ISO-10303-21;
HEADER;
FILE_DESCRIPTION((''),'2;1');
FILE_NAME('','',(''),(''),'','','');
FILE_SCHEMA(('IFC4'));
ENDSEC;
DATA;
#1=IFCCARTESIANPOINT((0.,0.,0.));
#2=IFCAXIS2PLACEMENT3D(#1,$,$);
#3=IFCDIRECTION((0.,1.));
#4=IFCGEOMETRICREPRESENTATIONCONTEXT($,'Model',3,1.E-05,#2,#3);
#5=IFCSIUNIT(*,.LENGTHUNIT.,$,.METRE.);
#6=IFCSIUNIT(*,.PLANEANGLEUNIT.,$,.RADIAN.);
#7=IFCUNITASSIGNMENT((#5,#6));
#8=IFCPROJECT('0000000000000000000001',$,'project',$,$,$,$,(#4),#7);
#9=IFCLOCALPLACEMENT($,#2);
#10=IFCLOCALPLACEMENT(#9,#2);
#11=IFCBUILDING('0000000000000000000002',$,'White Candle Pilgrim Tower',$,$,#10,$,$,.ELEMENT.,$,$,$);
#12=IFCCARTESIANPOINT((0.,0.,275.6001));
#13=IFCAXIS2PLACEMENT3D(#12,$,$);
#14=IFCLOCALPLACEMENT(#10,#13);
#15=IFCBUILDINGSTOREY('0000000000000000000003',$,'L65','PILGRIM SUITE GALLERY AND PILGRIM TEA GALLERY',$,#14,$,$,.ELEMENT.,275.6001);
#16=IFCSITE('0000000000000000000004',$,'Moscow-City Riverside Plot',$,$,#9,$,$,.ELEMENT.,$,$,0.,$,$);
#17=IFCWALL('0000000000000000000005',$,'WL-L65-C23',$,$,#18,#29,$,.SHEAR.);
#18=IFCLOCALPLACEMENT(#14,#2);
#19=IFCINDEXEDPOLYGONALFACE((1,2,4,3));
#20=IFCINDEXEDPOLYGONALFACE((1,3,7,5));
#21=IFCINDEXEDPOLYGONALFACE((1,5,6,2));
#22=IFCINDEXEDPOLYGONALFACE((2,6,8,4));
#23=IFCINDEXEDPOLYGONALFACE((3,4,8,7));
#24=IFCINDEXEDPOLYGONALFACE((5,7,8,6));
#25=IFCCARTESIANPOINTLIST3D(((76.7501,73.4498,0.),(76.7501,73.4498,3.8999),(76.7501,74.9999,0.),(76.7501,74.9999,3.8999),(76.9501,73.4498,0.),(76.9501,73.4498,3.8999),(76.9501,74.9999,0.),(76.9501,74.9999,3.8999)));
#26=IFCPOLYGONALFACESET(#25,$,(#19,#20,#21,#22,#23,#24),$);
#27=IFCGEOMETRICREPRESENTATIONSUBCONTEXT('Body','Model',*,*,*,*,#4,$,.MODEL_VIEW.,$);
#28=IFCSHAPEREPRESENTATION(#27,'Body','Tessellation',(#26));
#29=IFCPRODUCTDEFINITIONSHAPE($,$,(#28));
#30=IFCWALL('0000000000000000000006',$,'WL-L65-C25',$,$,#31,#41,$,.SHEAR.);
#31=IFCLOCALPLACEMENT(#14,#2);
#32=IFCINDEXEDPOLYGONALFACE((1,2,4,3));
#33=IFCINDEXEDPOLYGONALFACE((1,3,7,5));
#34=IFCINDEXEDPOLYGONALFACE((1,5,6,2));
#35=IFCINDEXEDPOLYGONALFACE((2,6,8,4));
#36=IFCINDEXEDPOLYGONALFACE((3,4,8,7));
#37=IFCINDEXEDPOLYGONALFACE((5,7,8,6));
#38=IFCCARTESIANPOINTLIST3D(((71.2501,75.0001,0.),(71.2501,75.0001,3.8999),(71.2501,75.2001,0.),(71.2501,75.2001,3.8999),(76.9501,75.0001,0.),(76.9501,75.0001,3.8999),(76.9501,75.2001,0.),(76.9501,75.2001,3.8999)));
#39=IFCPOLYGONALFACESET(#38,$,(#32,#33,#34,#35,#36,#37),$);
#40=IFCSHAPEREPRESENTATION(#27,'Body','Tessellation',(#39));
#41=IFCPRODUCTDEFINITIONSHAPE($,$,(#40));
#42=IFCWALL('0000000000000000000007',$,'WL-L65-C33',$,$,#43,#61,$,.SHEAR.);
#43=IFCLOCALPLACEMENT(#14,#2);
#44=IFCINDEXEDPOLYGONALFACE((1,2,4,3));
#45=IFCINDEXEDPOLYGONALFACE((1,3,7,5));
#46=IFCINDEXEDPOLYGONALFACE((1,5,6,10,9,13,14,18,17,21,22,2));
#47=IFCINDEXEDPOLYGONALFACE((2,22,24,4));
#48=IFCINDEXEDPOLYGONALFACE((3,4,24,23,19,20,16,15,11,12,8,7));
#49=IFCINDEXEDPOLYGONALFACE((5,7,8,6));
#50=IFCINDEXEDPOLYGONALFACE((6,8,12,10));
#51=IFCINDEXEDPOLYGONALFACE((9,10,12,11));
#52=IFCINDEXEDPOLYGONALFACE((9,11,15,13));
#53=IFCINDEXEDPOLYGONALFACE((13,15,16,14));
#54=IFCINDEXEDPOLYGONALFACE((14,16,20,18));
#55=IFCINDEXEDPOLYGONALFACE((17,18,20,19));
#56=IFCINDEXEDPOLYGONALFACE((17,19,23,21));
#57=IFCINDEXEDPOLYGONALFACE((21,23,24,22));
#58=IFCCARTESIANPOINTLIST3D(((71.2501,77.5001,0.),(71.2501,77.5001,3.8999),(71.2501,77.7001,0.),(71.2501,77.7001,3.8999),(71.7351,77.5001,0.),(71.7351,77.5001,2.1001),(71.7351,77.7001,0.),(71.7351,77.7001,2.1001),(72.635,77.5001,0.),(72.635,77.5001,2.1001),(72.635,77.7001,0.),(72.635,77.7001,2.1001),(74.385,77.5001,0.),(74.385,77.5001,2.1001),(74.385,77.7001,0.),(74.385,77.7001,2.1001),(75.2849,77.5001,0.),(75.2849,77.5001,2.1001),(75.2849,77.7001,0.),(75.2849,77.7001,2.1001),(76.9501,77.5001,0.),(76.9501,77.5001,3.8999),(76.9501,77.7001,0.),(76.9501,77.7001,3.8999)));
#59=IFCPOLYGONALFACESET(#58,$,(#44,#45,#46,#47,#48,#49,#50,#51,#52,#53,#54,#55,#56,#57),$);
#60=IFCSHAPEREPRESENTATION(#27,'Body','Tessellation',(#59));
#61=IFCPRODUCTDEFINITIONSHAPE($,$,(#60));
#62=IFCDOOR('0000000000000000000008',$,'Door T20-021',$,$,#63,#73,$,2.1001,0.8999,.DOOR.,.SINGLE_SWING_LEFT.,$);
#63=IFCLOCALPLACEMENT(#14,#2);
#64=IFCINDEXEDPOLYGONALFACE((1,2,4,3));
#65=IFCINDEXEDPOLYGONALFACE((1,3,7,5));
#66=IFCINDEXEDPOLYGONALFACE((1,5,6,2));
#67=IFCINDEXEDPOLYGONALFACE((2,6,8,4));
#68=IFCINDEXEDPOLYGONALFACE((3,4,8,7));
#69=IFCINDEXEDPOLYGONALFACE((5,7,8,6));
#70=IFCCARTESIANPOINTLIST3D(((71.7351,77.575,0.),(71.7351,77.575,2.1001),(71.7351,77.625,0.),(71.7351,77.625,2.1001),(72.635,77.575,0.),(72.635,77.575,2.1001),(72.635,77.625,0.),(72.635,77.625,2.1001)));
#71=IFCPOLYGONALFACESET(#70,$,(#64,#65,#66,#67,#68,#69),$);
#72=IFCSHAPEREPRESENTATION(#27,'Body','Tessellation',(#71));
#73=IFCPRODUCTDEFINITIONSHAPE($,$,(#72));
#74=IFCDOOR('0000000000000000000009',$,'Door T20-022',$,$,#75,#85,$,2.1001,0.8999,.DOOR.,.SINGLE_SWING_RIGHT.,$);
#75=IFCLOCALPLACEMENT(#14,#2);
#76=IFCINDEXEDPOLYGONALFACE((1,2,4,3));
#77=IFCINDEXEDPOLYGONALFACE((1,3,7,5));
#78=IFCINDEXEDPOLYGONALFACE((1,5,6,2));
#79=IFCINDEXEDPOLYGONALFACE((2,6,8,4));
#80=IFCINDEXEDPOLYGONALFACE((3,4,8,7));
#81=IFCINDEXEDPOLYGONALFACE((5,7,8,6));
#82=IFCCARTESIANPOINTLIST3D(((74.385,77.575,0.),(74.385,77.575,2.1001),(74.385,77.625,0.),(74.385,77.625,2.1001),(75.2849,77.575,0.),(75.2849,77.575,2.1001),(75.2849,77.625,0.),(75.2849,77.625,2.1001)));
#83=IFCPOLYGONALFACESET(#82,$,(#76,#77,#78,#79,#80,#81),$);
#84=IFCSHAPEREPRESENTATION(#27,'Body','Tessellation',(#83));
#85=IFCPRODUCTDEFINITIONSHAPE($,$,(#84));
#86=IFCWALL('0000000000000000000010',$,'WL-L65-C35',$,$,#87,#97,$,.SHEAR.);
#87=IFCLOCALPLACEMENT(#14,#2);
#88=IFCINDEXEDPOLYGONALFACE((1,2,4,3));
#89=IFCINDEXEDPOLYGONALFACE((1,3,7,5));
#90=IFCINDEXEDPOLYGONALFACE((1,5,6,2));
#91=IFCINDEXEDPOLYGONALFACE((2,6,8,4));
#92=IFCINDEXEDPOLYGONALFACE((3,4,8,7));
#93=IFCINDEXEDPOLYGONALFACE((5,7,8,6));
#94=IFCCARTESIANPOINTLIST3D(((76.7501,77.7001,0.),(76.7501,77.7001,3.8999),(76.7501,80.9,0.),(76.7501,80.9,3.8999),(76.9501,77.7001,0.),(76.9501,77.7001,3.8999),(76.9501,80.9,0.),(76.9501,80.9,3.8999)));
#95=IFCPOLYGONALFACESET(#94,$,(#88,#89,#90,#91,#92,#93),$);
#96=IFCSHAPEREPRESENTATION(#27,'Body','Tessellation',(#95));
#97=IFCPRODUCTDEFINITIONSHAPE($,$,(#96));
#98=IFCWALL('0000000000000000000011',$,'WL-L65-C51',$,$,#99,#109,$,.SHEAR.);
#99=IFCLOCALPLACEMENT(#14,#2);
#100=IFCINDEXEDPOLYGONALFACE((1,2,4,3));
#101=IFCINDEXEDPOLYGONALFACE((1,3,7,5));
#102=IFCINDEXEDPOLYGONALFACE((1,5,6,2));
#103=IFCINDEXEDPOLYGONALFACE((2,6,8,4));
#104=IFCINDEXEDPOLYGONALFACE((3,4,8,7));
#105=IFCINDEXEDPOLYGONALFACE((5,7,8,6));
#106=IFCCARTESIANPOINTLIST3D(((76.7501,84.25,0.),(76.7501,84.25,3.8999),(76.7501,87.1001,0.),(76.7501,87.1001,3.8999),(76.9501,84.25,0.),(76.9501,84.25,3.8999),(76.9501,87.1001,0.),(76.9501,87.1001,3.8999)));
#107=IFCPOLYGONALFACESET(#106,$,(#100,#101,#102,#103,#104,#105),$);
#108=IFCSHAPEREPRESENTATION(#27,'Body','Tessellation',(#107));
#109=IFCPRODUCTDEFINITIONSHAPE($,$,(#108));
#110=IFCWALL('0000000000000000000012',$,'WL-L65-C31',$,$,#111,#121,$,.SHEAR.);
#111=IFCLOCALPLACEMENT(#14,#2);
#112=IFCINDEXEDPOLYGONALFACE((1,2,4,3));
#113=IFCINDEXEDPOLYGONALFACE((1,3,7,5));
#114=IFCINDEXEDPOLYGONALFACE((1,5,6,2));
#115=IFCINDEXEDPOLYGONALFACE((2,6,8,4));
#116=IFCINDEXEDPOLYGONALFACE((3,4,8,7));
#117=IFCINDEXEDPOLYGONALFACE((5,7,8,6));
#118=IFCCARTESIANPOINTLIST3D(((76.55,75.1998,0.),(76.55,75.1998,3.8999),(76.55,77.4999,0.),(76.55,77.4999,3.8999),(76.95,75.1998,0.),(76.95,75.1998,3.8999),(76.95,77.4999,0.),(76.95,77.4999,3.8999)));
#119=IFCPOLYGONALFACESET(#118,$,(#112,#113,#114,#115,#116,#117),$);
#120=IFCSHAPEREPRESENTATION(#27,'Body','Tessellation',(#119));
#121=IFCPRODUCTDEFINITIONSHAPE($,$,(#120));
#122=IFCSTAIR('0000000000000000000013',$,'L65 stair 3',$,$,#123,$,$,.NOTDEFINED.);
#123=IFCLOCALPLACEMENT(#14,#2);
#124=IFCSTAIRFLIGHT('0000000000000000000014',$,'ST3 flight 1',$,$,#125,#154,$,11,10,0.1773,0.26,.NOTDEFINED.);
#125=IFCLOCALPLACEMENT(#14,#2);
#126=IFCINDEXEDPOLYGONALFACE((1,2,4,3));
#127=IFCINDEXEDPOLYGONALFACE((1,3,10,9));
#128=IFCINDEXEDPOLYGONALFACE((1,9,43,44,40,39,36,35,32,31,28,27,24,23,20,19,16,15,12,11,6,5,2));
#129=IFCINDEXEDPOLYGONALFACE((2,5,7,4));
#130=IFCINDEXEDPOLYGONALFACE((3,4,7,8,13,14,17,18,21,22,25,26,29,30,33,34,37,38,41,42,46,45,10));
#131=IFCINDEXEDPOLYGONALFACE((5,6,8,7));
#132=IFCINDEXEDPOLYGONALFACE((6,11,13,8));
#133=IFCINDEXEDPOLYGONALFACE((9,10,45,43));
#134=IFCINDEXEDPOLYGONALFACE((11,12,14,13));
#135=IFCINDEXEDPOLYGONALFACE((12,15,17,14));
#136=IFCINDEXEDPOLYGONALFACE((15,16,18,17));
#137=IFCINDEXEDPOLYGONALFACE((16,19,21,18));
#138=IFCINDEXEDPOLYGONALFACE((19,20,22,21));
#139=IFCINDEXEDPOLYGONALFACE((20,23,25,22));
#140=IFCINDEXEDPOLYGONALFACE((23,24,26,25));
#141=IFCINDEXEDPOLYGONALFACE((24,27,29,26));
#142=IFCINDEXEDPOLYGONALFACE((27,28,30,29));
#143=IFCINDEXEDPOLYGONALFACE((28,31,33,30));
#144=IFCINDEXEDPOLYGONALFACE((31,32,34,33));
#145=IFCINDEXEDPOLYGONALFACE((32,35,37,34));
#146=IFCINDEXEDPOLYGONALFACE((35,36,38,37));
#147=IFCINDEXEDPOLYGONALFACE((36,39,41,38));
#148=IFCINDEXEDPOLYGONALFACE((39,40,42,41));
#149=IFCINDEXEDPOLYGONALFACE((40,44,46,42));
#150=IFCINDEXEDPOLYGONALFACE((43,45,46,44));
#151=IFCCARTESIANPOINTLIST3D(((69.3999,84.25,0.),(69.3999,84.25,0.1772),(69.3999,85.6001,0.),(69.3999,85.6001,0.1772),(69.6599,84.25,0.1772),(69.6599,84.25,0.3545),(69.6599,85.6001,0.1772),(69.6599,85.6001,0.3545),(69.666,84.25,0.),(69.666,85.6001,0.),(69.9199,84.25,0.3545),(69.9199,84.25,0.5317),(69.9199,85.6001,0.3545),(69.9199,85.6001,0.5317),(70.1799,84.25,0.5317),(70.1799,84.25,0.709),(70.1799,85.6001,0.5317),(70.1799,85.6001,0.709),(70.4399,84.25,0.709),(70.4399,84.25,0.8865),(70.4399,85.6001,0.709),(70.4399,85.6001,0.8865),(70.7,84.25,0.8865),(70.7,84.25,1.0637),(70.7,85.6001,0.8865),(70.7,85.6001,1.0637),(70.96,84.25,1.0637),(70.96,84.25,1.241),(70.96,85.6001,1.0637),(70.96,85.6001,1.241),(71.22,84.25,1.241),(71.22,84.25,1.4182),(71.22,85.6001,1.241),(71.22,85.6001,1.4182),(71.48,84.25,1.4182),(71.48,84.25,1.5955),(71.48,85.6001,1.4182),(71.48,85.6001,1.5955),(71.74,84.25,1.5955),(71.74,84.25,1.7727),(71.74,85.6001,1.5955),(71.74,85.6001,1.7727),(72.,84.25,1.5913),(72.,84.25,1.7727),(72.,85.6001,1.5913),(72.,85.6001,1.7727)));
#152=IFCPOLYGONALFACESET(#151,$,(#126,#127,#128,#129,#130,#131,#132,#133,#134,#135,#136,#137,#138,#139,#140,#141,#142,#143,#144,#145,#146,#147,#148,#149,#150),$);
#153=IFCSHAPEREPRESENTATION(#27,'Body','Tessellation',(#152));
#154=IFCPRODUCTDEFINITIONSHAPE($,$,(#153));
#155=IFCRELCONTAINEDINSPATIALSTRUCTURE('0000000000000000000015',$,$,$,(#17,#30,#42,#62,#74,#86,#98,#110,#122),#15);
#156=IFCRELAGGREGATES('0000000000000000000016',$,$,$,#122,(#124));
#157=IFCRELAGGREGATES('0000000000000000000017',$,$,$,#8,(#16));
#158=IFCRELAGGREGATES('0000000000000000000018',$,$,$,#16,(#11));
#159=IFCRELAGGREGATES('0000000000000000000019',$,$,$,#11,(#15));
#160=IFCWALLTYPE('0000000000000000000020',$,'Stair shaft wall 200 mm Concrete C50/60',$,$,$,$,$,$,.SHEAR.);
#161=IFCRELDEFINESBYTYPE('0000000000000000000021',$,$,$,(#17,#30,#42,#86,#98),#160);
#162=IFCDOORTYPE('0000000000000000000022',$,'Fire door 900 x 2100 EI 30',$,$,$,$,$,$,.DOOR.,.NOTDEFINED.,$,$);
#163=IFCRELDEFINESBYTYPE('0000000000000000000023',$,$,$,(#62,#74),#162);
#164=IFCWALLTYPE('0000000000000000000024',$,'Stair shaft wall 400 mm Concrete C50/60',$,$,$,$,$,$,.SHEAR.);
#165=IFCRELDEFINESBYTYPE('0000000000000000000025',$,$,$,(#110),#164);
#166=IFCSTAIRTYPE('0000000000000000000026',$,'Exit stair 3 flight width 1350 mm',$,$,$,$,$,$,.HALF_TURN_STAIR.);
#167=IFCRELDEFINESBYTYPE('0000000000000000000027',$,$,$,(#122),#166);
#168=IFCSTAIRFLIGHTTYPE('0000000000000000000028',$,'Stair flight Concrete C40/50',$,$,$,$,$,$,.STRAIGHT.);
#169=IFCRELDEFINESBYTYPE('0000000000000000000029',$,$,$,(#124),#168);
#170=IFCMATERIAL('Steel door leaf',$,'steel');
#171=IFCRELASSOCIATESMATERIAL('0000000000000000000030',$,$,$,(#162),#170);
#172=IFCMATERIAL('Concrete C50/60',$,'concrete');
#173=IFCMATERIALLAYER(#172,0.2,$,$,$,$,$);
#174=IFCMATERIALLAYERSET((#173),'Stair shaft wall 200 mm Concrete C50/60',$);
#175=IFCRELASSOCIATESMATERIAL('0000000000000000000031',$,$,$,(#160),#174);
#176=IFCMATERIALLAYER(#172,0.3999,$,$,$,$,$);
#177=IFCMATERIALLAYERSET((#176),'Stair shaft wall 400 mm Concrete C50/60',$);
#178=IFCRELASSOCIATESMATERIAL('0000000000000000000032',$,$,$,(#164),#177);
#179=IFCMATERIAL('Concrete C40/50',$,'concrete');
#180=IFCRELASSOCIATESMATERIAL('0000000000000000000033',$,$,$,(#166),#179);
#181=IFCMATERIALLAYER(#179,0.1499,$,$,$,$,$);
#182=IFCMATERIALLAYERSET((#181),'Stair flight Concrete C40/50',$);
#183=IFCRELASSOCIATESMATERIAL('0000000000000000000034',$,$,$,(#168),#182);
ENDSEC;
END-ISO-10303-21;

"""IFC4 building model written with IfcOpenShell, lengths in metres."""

from ifc_helpers import new_model, si_unit, direction, frame, frame_2d, origin, place, context, subcontext, project, spatial, polyline, rectangle, outline, extrude, material, layer, layer_set, type_object, element, fill, aggregate, save


model = new_model("IFC4")

# Units and contexts
model_context = context("Model", 3, precision=1e-05, world=origin(), true_north=direction((0.0, 1.0)))
body_context = subcontext(model_context, "Body", "Model", "MODEL_VIEW")
ifc_project = project(units=[si_unit("LENGTHUNIT", "METRE"), si_unit("PLANEANGLEUNIT", "RADIAN")], contexts=[model_context])

# Site, building, storey
site_placement = place(None, origin())
site = spatial("IfcSite", under=ifc_project, at=site_placement, Name="Moscow-City Riverside Plot", CompositionType="ELEMENT", RefElevation=0.0)
building_placement = place(site_placement, origin())
building = spatial("IfcBuilding", under=site, at=building_placement, Name="White Candle Pilgrim Tower", CompositionType="ELEMENT")
storey_placement = place(building_placement, frame((0.0, 0.0, 275.6001)))
storey = spatial("IfcBuildingStorey", under=building, at=storey_placement, Name="L65", Description="PILGRIM SUITE GALLERY AND PILGRIM TEA GALLERY", CompositionType="ELEMENT", Elevation=275.6001)

# Shared definitions
ifc_material_1 = material(Name="Concrete C50/60", Category="concrete")

# Shared definitions
ifc_material_2 = material(Name="Steel door leaf", Category="steel")
door_type = type_object("IfcDoorType", Name="Fire door 900 x 2100 EI 30", OperationType="NOTDEFINED", PredefinedType="DOOR", material=ifc_material_2)

# Walls
ifc_layer_1 = layer(ifc_material_1, 0.2)
ifc_layer_set_1 = layer_set([ifc_layer_1], Name="Stair shaft wall 200 mm Concrete C50/60")
wall_type_1 = type_object("IfcWallType", Name="Stair shaft wall 200 mm Concrete C50/60", PredefinedType="SHEAR", material=ifc_layer_set_1)
wall_1_placement = place(storey_placement, frame((76.8501, 73.45, 0.0), z_axis=(0.0, 0.0, 1.0), x_axis=(0.0, 1.0, 0.0)))
element("IfcWall", 1, at=wall_1_placement, inside=storey, type_object=wall_type_1, Name="WL-L65-C23", PredefinedType="SHEAR", context=body_context, shape_type="SweptSolid", body=[
    extrude(rectangle(XDim=1.55, YDim=0.2, at=frame_2d((0.7749, 0.0))), origin(), (0.0, 0.0, 1.0), 3.8999),
])
wall_2_placement = place(storey_placement, frame((71.25, 75.1001, 0.0), z_axis=(0.0, 0.0, 1.0), x_axis=(1.0, 0.0, 0.0)))
element("IfcWall", 2, at=wall_2_placement, inside=storey, type_object=wall_type_1, Name="WL-L65-C25", PredefinedType="SHEAR", context=body_context, shape_type="SweptSolid", body=[
    extrude(rectangle(XDim=5.7, YDim=0.2, at=frame_2d((2.8501, 0.0))), origin(), (0.0, 0.0, 1.0), 3.8999),
])

# Wall, openings, doors
wall_3_placement = place(storey_placement, frame((71.25, 77.6001, 0.0), z_axis=(0.0, 0.0, 1.0), x_axis=(1.0, 0.0, 0.0)))
wall_3 = element("IfcWall", 3, at=wall_3_placement, inside=storey, type_object=wall_type_1, Name="WL-L65-C33", PredefinedType="SHEAR", context=body_context, shape_type="SweptSolid", body=[
    extrude(rectangle(XDim=5.7, YDim=0.2, at=frame_2d((2.8501, 0.0))), origin(), (0.0, 0.0, 1.0), 3.8999),
])
opening_1_placement = place(wall_3_placement, frame((0.4851, 0.0, 0.0)))
opening_1 = element("IfcOpeningElement", 4, at=opening_1_placement, cuts=wall_3, PredefinedType="OPENING", context=body_context, shape_type="SweptSolid", body=[
    extrude(rectangle(XDim=0.8999, YDim=2.1001, at=frame_2d((0.45, 1.05))), frame((0.0, 0.1099, 0.0), z_axis=(0.0, -1.0, 0.0), x_axis=(1.0, 0.0, 0.0)), (0.0, 0.0, 1.0), 0.22),
])
opening_2_placement = place(wall_3_placement, frame((3.135, 0.0, 0.0)))
opening_2 = element("IfcOpeningElement", 5, at=opening_2_placement, cuts=wall_3, PredefinedType="OPENING", context=body_context, shape_type="SweptSolid", body=[
    extrude(rectangle(XDim=0.8999, YDim=2.1001, at=frame_2d((0.45, 1.05))), frame((0.0, 0.1099, 0.0), z_axis=(0.0, -1.0, 0.0), x_axis=(1.0, 0.0, 0.0)), (0.0, 0.0, 1.0), 0.22),
])
door_1_placement = place(opening_1_placement, origin())
door_1 = element("IfcDoor", 6, at=door_1_placement, inside=storey, type_object=door_type, Name="Door T20-021", OperationType="SINGLE_SWING_LEFT", OverallHeight=2.1001, OverallWidth=0.8999, PredefinedType="DOOR", context=body_context, shape_type="SweptSolid", body=[
    extrude(rectangle(XDim=0.8999, YDim=2.1001, at=frame_2d((0.45, 1.05))), frame((0.0, 0.0249, 0.0), z_axis=(0.0, -1.0, 0.0), x_axis=(1.0, 0.0, 0.0)), (0.0, 0.0, 1.0), 0.05),
])
fill(opening_1, door_1)
door_2_placement = place(opening_2_placement, origin())
door_2 = element("IfcDoor", 7, at=door_2_placement, inside=storey, type_object=door_type, Name="Door T20-022", OperationType="SINGLE_SWING_RIGHT", OverallHeight=2.1001, OverallWidth=0.8999, PredefinedType="DOOR", context=body_context, shape_type="SweptSolid", body=[
    extrude(rectangle(XDim=0.8999, YDim=2.1001, at=frame_2d((0.45, 1.05))), frame((0.0, 0.0249, 0.0), z_axis=(0.0, -1.0, 0.0), x_axis=(1.0, 0.0, 0.0)), (0.0, 0.0, 1.0), 0.05),
])
fill(opening_2, door_2)

# Walls
wall_4_placement = place(storey_placement, frame((76.8501, 77.7, 0.0), z_axis=(0.0, 0.0, 1.0), x_axis=(0.0, 1.0, 0.0)))
element("IfcWall", 8, at=wall_4_placement, inside=storey, type_object=wall_type_1, Name="WL-L65-C35", PredefinedType="SHEAR", context=body_context, shape_type="SweptSolid", body=[
    extrude(rectangle(XDim=3.2, YDim=0.2, at=frame_2d((1.6001, 0.0))), origin(), (0.0, 0.0, 1.0), 3.8999),
])
wall_5_placement = place(storey_placement, frame((76.8501, 84.25, 0.0), z_axis=(0.0, 0.0, 1.0), x_axis=(0.0, 1.0, 0.0)))
element("IfcWall", 9, at=wall_5_placement, inside=storey, type_object=wall_type_1, Name="WL-L65-C51", PredefinedType="SHEAR", context=body_context, shape_type="SweptSolid", body=[
    extrude(rectangle(XDim=2.8501, YDim=0.2, at=frame_2d((1.425, 0.0))), origin(), (0.0, 0.0, 1.0), 3.8999),
])
ifc_layer_2 = layer(ifc_material_1, 0.3999)
ifc_layer_set_2 = layer_set([ifc_layer_2], Name="Stair shaft wall 400 mm Concrete C50/60")
wall_type_2 = type_object("IfcWallType", Name="Stair shaft wall 400 mm Concrete C50/60", PredefinedType="SHEAR", material=ifc_layer_set_2)
wall_6_placement = place(storey_placement, frame((76.75, 75.2, 0.0), z_axis=(0.0, 0.0, 1.0), x_axis=(0.0, 1.0, 0.0)))
element("IfcWall", 10, at=wall_6_placement, inside=storey, type_object=wall_type_2, Name="WL-L65-C31", PredefinedType="SHEAR", context=body_context, shape_type="SweptSolid", body=[
    extrude(rectangle(XDim=2.3, YDim=0.3999, at=frame_2d((1.1499, 0.0))), origin(), (0.0, 0.0, 1.0), 3.8999),
])

# Stair, stair flight
ifc_material_3 = material(Name="Concrete C40/50", Category="concrete")
stair_type = type_object("IfcStairType", Name="Exit stair 3 flight width 1350 mm", PredefinedType="HALF_TURN_STAIR", material=ifc_material_3)
stair_placement = place(storey_placement, origin())
stair = element("IfcStair", 11, at=stair_placement, inside=storey, type_object=stair_type, Name="L65 stair 3", PredefinedType="NOTDEFINED")
ifc_layer_3 = layer(ifc_material_3, 0.1499)
ifc_layer_set_3 = layer_set([ifc_layer_3], Name="Stair flight Concrete C40/50")
stair_flight_type = type_object("IfcStairFlightType", Name="Stair flight Concrete C40/50", PredefinedType="STRAIGHT", material=ifc_layer_set_3)
stair_flight_1_placement = place(storey_placement, frame((69.3999, 84.925, 0.0), z_axis=(0.0, 0.0, 1.0), x_axis=(1.0, 0.0, 0.0)))
stair_flight_1 = element("IfcStairFlight", 12, at=stair_flight_1_placement, type_object=stair_flight_type, Name="ST3 flight 1", NumberOfRisers=11, NumberOfTreads=10, PredefinedType="NOTDEFINED", RiserHeight=0.1773, TreadLength=0.26, context=body_context, shape_type="SweptSolid", body=[
    extrude(outline(polyline([(0.0, 0.0), (0.0, 0.1772), (0.26, 0.1772), (0.26, 0.3545), (0.52, 0.3545), (0.52, 0.5317), (0.78, 0.5317), (0.78, 0.709), (1.04, 0.709), (1.04, 0.8865), (1.3, 0.8865), (1.3, 1.0637), (1.5601, 1.0637), (1.5601, 1.241), (1.8201, 1.241), (1.8201, 1.4182), (2.0801, 1.4182), (2.0801, 1.5955), (2.3401, 1.5955), (2.3401, 1.7727), (2.6001, 1.7727), (2.6001, 1.95), (2.6001, 1.5913), (0.2661, 0.0), (0.0, 0.0)])), frame((0.0, 0.675, 0.0), z_axis=(0.0, -1.0, 0.0), x_axis=(1.0, 0.0, 0.0)), (0.0, 0.0, 1.0), 1.3501),
])
aggregate(stair, [stair_flight_1])

save(model, "model.ifc")
